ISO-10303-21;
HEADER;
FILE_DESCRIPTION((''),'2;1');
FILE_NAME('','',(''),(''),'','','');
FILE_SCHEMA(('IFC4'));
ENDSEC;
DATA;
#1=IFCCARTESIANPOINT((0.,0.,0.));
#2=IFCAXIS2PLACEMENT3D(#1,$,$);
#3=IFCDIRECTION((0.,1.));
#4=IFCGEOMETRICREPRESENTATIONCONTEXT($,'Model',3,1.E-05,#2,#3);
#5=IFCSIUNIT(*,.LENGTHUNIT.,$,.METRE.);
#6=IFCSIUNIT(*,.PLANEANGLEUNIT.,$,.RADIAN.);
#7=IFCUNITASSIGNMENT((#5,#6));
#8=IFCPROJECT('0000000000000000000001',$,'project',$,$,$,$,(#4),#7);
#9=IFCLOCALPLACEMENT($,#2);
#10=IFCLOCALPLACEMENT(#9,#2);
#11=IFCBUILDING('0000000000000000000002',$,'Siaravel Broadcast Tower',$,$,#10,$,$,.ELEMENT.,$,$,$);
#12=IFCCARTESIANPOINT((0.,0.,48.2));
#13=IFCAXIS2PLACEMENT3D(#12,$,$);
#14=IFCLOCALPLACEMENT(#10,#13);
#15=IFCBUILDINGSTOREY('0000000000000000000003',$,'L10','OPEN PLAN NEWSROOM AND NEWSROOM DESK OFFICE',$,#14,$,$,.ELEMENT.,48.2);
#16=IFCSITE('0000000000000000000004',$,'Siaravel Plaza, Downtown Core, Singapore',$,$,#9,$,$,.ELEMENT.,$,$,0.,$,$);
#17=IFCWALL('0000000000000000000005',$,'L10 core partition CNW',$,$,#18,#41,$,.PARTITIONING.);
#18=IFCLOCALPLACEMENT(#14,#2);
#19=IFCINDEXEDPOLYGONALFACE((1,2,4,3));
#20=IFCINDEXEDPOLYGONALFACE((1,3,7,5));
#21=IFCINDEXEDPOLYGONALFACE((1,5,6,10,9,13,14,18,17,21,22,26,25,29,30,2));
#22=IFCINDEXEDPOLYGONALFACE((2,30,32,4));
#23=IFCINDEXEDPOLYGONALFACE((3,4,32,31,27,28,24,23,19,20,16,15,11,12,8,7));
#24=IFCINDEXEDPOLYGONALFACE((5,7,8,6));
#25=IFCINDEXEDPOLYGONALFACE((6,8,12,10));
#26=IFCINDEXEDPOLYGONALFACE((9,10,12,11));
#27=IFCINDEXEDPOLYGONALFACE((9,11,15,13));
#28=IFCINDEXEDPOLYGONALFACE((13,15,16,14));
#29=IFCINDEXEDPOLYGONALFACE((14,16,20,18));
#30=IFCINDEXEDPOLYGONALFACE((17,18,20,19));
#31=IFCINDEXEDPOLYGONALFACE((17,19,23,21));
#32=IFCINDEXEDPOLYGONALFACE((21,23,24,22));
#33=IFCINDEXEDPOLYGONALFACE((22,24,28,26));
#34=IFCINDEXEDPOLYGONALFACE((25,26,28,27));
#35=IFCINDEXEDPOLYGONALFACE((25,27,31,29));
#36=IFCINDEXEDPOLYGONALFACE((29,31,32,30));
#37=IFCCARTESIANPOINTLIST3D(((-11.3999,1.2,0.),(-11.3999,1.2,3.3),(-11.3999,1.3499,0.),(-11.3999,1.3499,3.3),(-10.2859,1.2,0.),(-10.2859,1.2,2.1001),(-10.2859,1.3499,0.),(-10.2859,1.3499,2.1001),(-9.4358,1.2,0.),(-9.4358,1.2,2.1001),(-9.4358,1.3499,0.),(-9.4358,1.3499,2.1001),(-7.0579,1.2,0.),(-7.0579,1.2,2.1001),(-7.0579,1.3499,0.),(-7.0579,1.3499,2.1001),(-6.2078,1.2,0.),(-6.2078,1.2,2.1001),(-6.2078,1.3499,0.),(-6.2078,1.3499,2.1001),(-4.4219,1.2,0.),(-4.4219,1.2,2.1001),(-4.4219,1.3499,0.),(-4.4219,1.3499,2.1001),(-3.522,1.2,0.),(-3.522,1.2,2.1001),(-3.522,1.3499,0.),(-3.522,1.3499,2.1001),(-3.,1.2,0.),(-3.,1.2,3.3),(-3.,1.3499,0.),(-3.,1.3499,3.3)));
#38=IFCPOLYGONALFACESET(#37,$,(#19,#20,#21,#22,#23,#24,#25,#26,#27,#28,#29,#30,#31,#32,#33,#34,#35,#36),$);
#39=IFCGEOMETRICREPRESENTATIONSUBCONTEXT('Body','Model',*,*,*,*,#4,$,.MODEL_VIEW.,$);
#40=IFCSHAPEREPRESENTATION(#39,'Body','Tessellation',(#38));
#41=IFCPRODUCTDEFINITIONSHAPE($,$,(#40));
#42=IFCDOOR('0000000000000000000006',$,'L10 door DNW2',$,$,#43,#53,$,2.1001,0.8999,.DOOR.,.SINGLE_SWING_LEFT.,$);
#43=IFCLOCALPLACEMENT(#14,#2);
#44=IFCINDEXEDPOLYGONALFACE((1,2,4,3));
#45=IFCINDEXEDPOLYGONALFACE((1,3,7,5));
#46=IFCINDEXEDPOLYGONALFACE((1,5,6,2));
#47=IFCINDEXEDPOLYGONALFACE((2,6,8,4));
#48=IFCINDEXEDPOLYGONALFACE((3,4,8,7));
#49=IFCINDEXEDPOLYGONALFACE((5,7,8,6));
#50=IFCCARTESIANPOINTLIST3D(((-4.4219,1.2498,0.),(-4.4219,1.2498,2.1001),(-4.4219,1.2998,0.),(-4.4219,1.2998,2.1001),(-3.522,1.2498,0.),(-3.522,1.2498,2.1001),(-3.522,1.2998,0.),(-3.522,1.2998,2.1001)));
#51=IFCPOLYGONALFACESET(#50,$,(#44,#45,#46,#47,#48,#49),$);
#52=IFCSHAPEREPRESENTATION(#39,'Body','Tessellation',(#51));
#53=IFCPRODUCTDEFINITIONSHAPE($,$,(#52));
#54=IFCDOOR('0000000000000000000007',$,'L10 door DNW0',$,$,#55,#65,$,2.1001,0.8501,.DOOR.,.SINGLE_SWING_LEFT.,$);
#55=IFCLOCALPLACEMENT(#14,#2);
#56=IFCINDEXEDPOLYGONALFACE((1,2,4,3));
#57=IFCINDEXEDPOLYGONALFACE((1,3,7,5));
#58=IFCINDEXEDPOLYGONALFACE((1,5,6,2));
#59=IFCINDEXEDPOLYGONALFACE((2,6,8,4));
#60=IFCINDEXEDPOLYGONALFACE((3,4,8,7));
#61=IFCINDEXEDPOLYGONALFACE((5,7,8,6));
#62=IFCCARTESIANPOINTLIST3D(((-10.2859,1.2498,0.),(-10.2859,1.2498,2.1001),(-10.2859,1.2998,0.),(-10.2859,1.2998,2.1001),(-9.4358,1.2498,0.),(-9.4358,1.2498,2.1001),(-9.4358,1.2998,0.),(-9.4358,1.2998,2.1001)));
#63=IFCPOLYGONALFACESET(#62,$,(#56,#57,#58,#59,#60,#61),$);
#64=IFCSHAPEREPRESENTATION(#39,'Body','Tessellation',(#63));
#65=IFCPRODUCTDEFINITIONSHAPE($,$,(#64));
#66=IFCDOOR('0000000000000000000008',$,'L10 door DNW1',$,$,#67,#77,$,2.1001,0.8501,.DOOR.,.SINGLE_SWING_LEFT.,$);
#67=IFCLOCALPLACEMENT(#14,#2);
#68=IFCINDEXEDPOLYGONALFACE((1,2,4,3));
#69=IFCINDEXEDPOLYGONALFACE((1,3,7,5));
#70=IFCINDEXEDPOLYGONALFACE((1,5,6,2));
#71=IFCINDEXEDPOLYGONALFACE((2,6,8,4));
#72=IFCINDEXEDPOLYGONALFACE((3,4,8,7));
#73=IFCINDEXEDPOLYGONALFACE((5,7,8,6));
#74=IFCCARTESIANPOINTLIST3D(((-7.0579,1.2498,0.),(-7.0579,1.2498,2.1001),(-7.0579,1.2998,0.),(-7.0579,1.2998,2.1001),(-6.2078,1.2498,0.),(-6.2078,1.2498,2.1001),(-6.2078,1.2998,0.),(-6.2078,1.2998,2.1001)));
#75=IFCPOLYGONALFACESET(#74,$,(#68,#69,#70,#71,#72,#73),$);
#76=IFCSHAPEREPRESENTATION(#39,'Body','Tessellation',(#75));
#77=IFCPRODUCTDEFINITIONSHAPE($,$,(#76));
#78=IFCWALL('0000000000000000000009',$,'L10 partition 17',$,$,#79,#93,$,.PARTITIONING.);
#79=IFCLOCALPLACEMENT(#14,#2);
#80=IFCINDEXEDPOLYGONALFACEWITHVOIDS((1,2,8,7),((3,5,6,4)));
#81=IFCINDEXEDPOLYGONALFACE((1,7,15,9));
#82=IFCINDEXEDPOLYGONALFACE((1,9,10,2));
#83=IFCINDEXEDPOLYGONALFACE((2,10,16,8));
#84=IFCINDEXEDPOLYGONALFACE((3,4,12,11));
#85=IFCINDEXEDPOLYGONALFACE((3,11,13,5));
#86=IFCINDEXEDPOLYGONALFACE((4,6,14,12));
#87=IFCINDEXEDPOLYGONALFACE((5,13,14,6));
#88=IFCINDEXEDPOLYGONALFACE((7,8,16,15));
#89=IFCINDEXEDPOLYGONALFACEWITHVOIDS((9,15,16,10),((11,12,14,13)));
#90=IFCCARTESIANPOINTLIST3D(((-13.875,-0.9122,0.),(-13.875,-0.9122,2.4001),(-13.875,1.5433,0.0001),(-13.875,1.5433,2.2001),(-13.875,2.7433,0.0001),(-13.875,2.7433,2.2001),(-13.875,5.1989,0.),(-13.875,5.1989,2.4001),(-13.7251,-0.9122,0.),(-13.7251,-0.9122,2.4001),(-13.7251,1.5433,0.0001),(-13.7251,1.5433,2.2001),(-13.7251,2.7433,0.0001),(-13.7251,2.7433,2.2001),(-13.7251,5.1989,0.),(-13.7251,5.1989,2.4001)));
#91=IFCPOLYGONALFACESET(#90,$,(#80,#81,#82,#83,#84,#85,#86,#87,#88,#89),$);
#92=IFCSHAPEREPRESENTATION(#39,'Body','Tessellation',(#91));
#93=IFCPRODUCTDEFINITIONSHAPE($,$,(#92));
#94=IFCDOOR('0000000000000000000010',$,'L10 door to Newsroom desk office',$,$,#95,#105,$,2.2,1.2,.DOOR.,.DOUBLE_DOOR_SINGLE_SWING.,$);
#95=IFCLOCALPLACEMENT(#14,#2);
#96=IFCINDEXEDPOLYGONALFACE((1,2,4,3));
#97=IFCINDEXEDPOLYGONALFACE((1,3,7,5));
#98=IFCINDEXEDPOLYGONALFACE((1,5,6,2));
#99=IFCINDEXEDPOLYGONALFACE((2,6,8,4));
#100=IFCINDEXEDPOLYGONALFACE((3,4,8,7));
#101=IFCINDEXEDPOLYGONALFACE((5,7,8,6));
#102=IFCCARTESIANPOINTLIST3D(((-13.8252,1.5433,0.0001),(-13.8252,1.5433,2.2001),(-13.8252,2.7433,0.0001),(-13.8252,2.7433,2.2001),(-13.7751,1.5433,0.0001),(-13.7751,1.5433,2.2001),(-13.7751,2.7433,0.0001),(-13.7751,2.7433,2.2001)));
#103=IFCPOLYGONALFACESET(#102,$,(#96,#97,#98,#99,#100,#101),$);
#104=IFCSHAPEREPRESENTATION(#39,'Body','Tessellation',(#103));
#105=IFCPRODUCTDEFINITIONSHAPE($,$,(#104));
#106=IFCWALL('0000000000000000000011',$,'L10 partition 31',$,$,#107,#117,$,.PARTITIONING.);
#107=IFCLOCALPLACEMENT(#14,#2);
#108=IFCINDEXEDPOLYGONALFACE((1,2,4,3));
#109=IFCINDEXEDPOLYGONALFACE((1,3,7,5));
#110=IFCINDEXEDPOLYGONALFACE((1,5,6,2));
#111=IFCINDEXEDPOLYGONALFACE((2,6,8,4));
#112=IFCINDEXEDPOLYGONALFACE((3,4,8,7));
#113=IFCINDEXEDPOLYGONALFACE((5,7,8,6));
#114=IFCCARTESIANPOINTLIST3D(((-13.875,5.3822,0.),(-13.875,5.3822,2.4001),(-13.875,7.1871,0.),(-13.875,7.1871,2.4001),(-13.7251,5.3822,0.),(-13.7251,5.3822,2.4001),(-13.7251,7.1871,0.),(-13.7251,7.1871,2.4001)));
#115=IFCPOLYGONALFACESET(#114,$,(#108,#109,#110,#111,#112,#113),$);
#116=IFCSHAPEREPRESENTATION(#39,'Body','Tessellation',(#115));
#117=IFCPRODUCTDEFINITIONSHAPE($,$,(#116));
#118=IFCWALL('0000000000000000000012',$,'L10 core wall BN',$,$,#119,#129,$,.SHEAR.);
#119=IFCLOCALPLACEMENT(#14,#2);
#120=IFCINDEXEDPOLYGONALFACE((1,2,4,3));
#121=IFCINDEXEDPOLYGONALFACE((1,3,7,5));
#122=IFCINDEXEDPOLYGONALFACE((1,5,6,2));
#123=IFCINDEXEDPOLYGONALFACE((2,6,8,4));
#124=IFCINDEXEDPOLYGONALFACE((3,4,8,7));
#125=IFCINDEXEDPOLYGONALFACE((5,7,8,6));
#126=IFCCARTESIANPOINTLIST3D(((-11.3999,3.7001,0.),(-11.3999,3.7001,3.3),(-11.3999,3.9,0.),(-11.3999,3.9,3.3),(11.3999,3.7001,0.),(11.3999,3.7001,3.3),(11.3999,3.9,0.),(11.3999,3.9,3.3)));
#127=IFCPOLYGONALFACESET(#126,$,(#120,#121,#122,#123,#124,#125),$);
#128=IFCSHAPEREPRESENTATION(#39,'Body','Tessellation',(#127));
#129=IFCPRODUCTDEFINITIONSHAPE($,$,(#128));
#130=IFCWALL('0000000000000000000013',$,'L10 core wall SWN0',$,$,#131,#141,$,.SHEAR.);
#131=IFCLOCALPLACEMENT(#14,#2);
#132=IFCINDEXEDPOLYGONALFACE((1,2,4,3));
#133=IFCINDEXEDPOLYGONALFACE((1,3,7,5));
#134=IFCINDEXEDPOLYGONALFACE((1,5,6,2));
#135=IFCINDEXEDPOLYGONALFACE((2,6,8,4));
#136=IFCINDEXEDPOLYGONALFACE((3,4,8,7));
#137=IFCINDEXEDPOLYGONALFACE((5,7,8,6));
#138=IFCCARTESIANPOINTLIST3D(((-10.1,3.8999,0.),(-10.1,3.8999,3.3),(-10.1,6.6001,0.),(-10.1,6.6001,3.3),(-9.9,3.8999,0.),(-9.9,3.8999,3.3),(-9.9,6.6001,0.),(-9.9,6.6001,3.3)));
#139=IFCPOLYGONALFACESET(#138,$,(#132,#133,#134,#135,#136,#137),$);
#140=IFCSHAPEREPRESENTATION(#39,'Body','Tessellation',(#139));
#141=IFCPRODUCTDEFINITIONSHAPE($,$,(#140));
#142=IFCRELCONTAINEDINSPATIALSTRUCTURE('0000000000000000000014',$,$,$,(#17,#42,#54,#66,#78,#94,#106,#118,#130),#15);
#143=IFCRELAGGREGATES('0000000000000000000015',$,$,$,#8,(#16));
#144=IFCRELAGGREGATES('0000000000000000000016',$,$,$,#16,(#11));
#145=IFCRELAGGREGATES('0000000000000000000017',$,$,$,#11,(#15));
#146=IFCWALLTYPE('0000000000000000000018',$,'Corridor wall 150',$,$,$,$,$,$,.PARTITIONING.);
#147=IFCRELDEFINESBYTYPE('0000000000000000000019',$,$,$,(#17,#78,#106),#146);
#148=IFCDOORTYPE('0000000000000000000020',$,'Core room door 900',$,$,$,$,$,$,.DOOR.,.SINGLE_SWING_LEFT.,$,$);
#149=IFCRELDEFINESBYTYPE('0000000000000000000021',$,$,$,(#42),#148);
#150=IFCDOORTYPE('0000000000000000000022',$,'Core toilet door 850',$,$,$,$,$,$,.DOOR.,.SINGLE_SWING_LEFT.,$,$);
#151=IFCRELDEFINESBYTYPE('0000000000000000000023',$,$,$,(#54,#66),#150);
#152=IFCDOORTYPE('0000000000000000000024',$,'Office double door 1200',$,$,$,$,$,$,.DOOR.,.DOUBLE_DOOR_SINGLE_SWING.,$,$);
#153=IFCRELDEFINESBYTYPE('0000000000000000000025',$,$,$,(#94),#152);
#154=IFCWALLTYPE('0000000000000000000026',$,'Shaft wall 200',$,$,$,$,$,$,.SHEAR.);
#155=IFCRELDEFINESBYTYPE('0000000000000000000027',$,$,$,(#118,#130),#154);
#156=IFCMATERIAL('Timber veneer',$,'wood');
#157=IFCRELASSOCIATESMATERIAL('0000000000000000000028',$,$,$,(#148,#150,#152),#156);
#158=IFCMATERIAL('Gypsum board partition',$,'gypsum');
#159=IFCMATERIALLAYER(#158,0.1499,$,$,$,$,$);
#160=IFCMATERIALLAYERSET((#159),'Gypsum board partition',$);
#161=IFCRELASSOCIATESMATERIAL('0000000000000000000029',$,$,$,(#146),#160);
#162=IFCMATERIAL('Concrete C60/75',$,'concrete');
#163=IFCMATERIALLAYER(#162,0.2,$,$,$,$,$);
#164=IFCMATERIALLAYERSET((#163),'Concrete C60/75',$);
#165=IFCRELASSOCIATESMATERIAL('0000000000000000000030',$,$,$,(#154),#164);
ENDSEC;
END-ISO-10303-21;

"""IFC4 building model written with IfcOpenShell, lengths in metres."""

from ifc_helpers import new_model, si_unit, direction, frame, frame_2d, origin, place, context, subcontext, project, spatial, rectangle, extrude, material, layer, layer_set, type_object, element, fill, save


model = new_model("IFC4")

# Units and contexts
model_context = context("Model", 3, precision=1e-05, world=origin(), true_north=direction((0.0, 1.0)))
body_context = subcontext(model_context, "Body", "Model", "MODEL_VIEW")
ifc_project = project(units=[si_unit("LENGTHUNIT", "METRE"), si_unit("PLANEANGLEUNIT", "RADIAN")], contexts=[model_context])

# Site, building, storey
site_placement = place(None, origin())
site = spatial("IfcSite", under=ifc_project, at=site_placement, Name="Siaravel Plaza, Downtown Core, Singapore", CompositionType="ELEMENT", RefElevation=0.0)
building_placement = place(site_placement, origin())
building = spatial("IfcBuilding", under=site, at=building_placement, Name="Siaravel Broadcast Tower", CompositionType="ELEMENT")
storey_placement = place(building_placement, frame((0.0, 0.0, 48.2)))
storey = spatial("IfcBuildingStorey", under=building, at=storey_placement, Name="L10", Description="OPEN PLAN NEWSROOM AND NEWSROOM DESK OFFICE", CompositionType="ELEMENT", Elevation=48.2)

# Wall, openings, doors
ifc_material_1 = material(Name="Concrete C60/75", Category="concrete")
ifc_material_2 = material(Name="Timber veneer", Category="wood")
door_type_1 = type_object("IfcDoorType", Name="Core room door 900", OperationType="SINGLE_SWING_LEFT", PredefinedType="DOOR", material=ifc_material_2)
ifc_material_3 = material(Name="Gypsum board partition", Category="gypsum")
ifc_layer_1 = layer(ifc_material_3, 0.1499)
ifc_layer_set_1 = layer_set([ifc_layer_1], Name="Gypsum board partition")
wall_type_1 = type_object("IfcWallType", Name="Corridor wall 150", PredefinedType="PARTITIONING", material=ifc_layer_set_1)
wall_1_placement = place(storey_placement, frame((-11.3999, 1.2749, 0.0), z_axis=(0.0, 0.0, 1.0), x_axis=(1.0, 0.0, 0.0)))
wall_1 = element("IfcWall", 1, at=wall_1_placement, inside=storey, type_object=wall_type_1, Name="L10 core partition CNW", PredefinedType="PARTITIONING", context=body_context, shape_type="SweptSolid", body=[
    extrude(rectangle(XDim=8.3999, YDim=0.1499, at=frame_2d((4.2, 0.0))), origin(), (0.0, 0.0, 1.0), 3.3),
])
opening_1_placement = place(wall_1_placement, frame((1.114, 0.0, 0.0)))
opening_1 = element("IfcOpeningElement", 2, at=opening_1_placement, cuts=wall_1, PredefinedType="OPENING", context=body_context, shape_type="SweptSolid", body=[
    extrude(rectangle(XDim=0.8501, YDim=2.1001, at=frame_2d((0.425, 1.05))), frame((0.0, 0.085, 0.0), z_axis=(0.0, -1.0, 0.0), x_axis=(1.0, 0.0, 0.0)), (0.0, 0.0, 1.0), 0.1699),
])
opening_2_placement = place(wall_1_placement, frame((4.342, 0.0, 0.0)))
opening_2 = element("IfcOpeningElement", 3, at=opening_2_placement, cuts=wall_1, PredefinedType="OPENING", context=body_context, shape_type="SweptSolid", body=[
    extrude(rectangle(XDim=0.8501, YDim=2.1001, at=frame_2d((0.425, 1.05))), frame((0.0, 0.085, 0.0), z_axis=(0.0, -1.0, 0.0), x_axis=(1.0, 0.0, 0.0)), (0.0, 0.0, 1.0), 0.1699),
])
opening_3_placement = place(wall_1_placement, frame((6.978, 0.0, 0.0)))
opening_3 = element("IfcOpeningElement", 4, at=opening_3_placement, cuts=wall_1, PredefinedType="OPENING", context=body_context, shape_type="SweptSolid", body=[
    extrude(rectangle(XDim=0.8999, YDim=2.1001, at=frame_2d((0.45, 1.05))), frame((0.0, 0.085, 0.0), z_axis=(0.0, -1.0, 0.0), x_axis=(1.0, 0.0, 0.0)), (0.0, 0.0, 1.0), 0.1699),
])
door_1_placement = place(opening_3_placement, origin())
door_1 = element("IfcDoor", 5, at=door_1_placement, inside=storey, type_object=door_type_1, Name="L10 door DNW2", OperationType="SINGLE_SWING_LEFT", OverallHeight=2.1001, OverallWidth=0.8999, PredefinedType="DOOR", context=body_context, shape_type="SweptSolid", body=[
    extrude(rectangle(XDim=0.8999, YDim=2.1001, at=frame_2d((0.45, 1.05))), frame((0.0, 0.0249, 0.0), z_axis=(0.0, -1.0, 0.0), x_axis=(1.0, 0.0, 0.0)), (0.0, 0.0, 1.0), 0.05),
])
fill(opening_3, door_1)
door_type_2 = type_object("IfcDoorType", Name="Core toilet door 850", OperationType="SINGLE_SWING_LEFT", PredefinedType="DOOR", material=ifc_material_2)
door_2_placement = place(opening_1_placement, origin())
door_2 = element("IfcDoor", 6, at=door_2_placement, inside=storey, type_object=door_type_2, Name="L10 door DNW0", OperationType="SINGLE_SWING_LEFT", OverallHeight=2.1001, OverallWidth=0.8501, PredefinedType="DOOR", context=body_context, shape_type="SweptSolid", body=[
    extrude(rectangle(XDim=0.8501, YDim=2.1001, at=frame_2d((0.425, 1.05))), frame((0.0, 0.0249, 0.0), z_axis=(0.0, -1.0, 0.0), x_axis=(1.0, 0.0, 0.0)), (0.0, 0.0, 1.0), 0.05),
])
fill(opening_1, door_2)
door_3_placement = place(opening_2_placement, origin())
door_3 = element("IfcDoor", 7, at=door_3_placement, inside=storey, type_object=door_type_2, Name="L10 door DNW1", OperationType="SINGLE_SWING_LEFT", OverallHeight=2.1001, OverallWidth=0.8501, PredefinedType="DOOR", context=body_context, shape_type="SweptSolid", body=[
    extrude(rectangle(XDim=0.8501, YDim=2.1001, at=frame_2d((0.425, 1.05))), frame((0.0, 0.0249, 0.0), z_axis=(0.0, -1.0, 0.0), x_axis=(1.0, 0.0, 0.0)), (0.0, 0.0, 1.0), 0.05),
])
fill(opening_2, door_3)

# Wall, opening, door
wall_2_placement = place(storey_placement, frame((-13.8, 5.199, 0.0), z_axis=(0.0, 0.0, 1.0), x_axis=(0.0, -1.0, 0.0)))
wall_2 = element("IfcWall", 8, at=wall_2_placement, inside=storey, type_object=wall_type_1, Name="L10 partition 17", PredefinedType="PARTITIONING", context=body_context, shape_type="SweptSolid", body=[
    extrude(rectangle(XDim=6.1111, YDim=0.1499, at=frame_2d((3.0557, 0.0))), origin(), (0.0, 0.0, 1.0), 2.4001),
])
opening_4_placement = place(wall_2_placement, frame((2.4556, 0.0, 0.0)))
opening_4 = element("IfcOpeningElement", 9, at=opening_4_placement, cuts=wall_2, PredefinedType="OPENING", context=body_context, shape_type="SweptSolid", body=[
    extrude(rectangle(XDim=1.2, YDim=2.2, at=frame_2d((0.6001, 1.1001))), frame((0.0, 0.085, 0.0), z_axis=(0.0, -1.0, 0.0), x_axis=(1.0, 0.0, 0.0)), (0.0, 0.0, 1.0), 0.1699),
])
door_type_3 = type_object("IfcDoorType", Name="Office double door 1200", OperationType="DOUBLE_DOOR_SINGLE_SWING", PredefinedType="DOOR", material=ifc_material_2)
door_4_placement = place(opening_4_placement, origin())
door_4 = element("IfcDoor", 10, at=door_4_placement, inside=storey, type_object=door_type_3, Name="L10 door to Newsroom desk office", OperationType="DOUBLE_DOOR_SINGLE_SWING", OverallHeight=2.2, OverallWidth=1.2, PredefinedType="DOOR", context=body_context, shape_type="SweptSolid", body=[
    extrude(rectangle(XDim=1.2, YDim=2.2, at=frame_2d((0.6001, 1.1001))), frame((0.0, 0.0249, 0.0), z_axis=(0.0, -1.0, 0.0), x_axis=(1.0, 0.0, 0.0)), (0.0, 0.0, 1.0), 0.05),
])
fill(opening_4, door_4)

# Walls
wall_3_placement = place(storey_placement, frame((-13.8, 7.187, 0.0), z_axis=(0.0, 0.0, 1.0), x_axis=(0.0, -1.0, 0.0)))
element("IfcWall", 11, at=wall_3_placement, inside=storey, type_object=wall_type_1, Name="L10 partition 31", PredefinedType="PARTITIONING", context=body_context, shape_type="SweptSolid", body=[
    extrude(rectangle(XDim=1.8049, YDim=0.1499, at=frame_2d((0.9023, 0.0))), origin(), (0.0, 0.0, 1.0), 2.4001),
])
ifc_layer_2 = layer(ifc_material_1, 0.2)
ifc_layer_set_2 = layer_set([ifc_layer_2], Name="Concrete C60/75")
wall_type_2 = type_object("IfcWallType", Name="Shaft wall 200", PredefinedType="SHEAR", material=ifc_layer_set_2)
wall_4_placement = place(storey_placement, frame((-11.3999, 3.8, 0.0), z_axis=(0.0, 0.0, 1.0), x_axis=(1.0, 0.0, 0.0)))
element("IfcWall", 12, at=wall_4_placement, inside=storey, type_object=wall_type_2, Name="L10 core wall BN", PredefinedType="SHEAR", context=body_context, shape_type="SweptSolid", body=[
    extrude(rectangle(XDim=22.7998, YDim=0.2, at=frame_2d((11.3999, 0.0))), origin(), (0.0, 0.0, 1.0), 3.3),
])
wall_5_placement = place(storey_placement, frame((-10.0, 3.8999, 0.0), z_axis=(0.0, 0.0, 1.0), x_axis=(0.0, 1.0, 0.0)))
element("IfcWall", 13, at=wall_5_placement, inside=storey, type_object=wall_type_2, Name="L10 core wall SWN0", PredefinedType="SHEAR", context=body_context, shape_type="SweptSolid", body=[
    extrude(rectangle(XDim=2.7002, YDim=0.2, at=frame_2d((1.3501, 0.0))), origin(), (0.0, 0.0, 1.0), 3.3),
])

save(model, "model.ifc")
